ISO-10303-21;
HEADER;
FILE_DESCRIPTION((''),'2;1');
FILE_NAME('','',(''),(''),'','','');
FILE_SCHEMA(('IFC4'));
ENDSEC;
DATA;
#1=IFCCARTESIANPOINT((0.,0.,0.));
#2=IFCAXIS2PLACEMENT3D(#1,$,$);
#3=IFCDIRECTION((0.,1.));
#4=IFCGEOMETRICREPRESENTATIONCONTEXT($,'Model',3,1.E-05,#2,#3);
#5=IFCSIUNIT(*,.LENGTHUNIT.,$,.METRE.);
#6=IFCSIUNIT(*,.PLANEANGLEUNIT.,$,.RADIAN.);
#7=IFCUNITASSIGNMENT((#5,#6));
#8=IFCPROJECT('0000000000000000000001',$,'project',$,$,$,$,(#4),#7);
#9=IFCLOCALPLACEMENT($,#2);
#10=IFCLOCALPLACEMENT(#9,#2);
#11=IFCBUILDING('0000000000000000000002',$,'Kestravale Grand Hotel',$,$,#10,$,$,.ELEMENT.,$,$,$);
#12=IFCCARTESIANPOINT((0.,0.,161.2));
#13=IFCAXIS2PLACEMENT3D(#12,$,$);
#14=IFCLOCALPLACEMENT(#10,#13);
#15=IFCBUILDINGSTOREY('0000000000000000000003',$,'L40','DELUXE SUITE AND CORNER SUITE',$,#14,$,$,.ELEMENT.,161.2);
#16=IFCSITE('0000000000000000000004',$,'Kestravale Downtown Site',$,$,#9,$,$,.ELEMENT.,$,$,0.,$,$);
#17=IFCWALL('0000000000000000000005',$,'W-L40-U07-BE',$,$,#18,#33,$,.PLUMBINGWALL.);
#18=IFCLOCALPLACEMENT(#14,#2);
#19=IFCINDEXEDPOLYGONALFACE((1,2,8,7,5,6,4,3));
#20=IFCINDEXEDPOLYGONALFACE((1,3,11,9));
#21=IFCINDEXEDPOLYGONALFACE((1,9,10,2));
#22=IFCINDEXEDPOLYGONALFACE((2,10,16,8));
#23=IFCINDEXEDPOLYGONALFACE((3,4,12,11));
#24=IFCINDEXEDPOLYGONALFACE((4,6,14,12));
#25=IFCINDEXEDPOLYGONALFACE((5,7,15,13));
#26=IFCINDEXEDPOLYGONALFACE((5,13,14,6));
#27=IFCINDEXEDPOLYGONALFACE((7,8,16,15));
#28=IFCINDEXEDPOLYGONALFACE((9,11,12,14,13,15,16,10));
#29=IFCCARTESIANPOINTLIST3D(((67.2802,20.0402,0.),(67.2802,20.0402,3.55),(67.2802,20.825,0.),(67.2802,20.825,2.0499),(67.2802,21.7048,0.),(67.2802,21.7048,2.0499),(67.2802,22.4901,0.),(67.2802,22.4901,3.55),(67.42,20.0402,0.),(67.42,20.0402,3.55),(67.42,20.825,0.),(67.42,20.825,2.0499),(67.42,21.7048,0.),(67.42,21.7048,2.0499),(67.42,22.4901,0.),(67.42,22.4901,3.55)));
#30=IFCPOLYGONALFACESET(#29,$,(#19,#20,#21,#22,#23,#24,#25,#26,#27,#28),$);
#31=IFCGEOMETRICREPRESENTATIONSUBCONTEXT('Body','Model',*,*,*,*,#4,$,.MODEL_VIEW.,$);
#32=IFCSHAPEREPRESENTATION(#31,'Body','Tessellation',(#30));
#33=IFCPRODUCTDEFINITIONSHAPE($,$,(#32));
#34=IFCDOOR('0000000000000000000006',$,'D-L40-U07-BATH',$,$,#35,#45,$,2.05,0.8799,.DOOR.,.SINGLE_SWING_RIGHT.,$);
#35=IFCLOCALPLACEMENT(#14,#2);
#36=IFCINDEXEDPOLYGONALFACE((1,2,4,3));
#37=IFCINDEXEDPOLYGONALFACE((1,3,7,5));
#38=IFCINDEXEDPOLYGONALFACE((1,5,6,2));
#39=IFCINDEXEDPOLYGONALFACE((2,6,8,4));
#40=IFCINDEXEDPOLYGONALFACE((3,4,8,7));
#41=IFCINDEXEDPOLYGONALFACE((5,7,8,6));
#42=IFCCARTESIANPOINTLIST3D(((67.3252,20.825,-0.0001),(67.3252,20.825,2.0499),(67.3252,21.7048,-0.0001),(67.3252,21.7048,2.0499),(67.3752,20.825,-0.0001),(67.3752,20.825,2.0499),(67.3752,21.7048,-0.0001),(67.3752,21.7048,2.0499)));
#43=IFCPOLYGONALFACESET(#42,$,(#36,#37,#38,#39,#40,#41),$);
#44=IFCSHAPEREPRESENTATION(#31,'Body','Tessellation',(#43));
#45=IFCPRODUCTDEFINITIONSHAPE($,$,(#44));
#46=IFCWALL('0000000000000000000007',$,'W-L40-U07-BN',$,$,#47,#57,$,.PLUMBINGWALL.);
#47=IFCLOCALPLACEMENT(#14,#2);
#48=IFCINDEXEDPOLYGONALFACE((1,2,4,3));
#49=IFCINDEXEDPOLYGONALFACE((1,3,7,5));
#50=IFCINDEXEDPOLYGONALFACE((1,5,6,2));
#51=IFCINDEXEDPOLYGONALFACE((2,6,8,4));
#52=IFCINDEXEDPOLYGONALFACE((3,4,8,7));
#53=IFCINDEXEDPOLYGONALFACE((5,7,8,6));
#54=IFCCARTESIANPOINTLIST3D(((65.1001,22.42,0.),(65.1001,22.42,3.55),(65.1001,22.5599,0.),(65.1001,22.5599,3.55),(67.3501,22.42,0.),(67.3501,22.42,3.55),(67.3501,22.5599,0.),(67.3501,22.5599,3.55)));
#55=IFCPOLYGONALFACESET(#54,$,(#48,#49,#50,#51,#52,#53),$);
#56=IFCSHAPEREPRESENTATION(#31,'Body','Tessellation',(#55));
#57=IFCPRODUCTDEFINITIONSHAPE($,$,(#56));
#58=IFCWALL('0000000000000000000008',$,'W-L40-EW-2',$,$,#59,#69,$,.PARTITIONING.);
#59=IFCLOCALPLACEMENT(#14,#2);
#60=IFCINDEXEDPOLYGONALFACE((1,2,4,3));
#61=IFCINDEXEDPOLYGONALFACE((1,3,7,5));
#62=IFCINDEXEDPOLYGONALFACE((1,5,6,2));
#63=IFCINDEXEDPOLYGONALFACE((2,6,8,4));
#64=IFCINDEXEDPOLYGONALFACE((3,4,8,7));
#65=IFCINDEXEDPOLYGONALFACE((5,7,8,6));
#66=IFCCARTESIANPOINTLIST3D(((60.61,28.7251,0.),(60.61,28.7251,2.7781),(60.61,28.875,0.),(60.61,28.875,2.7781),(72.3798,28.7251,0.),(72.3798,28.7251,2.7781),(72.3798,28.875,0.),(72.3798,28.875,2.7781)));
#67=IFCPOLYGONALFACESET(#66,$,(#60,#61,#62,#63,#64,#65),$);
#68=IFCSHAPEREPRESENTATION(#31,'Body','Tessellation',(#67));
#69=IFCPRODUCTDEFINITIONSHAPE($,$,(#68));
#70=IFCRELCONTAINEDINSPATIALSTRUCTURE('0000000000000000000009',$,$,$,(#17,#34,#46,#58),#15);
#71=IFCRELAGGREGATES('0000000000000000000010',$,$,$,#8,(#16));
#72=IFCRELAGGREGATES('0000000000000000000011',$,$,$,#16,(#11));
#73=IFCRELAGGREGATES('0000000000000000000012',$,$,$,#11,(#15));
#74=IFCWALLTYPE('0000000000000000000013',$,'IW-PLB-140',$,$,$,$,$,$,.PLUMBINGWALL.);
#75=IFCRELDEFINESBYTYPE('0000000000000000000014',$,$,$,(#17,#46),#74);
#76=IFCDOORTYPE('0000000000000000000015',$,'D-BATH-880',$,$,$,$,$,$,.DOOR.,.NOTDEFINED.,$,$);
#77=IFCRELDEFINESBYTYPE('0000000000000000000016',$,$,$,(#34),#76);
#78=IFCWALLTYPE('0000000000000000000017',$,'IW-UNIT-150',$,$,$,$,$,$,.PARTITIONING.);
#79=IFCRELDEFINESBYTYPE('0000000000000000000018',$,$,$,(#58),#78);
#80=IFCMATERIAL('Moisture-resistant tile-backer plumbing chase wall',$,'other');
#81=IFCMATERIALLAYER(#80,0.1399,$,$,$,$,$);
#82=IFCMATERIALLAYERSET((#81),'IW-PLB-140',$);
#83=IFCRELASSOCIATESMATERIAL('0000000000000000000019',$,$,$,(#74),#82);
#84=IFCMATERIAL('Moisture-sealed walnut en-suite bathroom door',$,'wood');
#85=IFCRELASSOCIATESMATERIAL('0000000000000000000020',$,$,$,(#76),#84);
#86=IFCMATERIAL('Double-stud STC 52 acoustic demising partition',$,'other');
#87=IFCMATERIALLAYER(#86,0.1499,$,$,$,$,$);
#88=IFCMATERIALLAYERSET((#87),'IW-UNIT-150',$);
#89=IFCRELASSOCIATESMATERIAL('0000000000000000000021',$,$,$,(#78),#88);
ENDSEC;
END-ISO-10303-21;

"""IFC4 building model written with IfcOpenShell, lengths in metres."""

from ifc_helpers import new_model, si_unit, direction, frame, frame_2d, origin, place, context, subcontext, project, spatial, rectangle, extrude, material, layer, layer_set, type_object, element, fill, save


model = new_model("IFC4")

# Units and contexts
model_context = context("Model", 3, precision=1e-05, world=origin(), true_north=direction((0.0, 1.0)))
body_context = subcontext(model_context, "Body", "Model", "MODEL_VIEW")
ifc_project = project(units=[si_unit("LENGTHUNIT", "METRE"), si_unit("PLANEANGLEUNIT", "RADIAN")], contexts=[model_context])

# Site, building, storey
site_placement = place(None, origin())
site = spatial("IfcSite", under=ifc_project, at=site_placement, Name="Kestravale Downtown Site", CompositionType="ELEMENT", RefElevation=0.0)
building_placement = place(site_placement, origin())
building = spatial("IfcBuilding", under=site, at=building_placement, Name="Kestravale Grand Hotel", CompositionType="ELEMENT")
storey_placement = place(building_placement, frame((0.0, 0.0, 161.2)))
storey = spatial("IfcBuildingStorey", under=building, at=storey_placement, Name="L40", Description="DELUXE SUITE AND CORNER SUITE", CompositionType="ELEMENT", Elevation=161.2)

# Shared definitions
ifc_material_1 = material(Name="Moisture-resistant tile-backer plumbing chase wall", Category="other")
ifc_layer_1 = layer(ifc_material_1, 0.1399)
ifc_layer_set_1 = layer_set([ifc_layer_1], Name="IW-PLB-140")
wall_type_1 = type_object("IfcWallType", Name="IW-PLB-140", PredefinedType="PLUMBINGWALL", material=ifc_layer_set_1)

# Wall, opening, door
wall_1_placement = place(storey_placement, frame((67.3501, 20.04, 0.0), z_axis=(0.0, 0.0, 1.0), x_axis=(0.0, 1.0, 0.0)))
wall_1 = element("IfcWall", 1, at=wall_1_placement, inside=storey, type_object=wall_type_1, Name="W-L40-U07-BE", PredefinedType="PLUMBINGWALL", context=body_context, shape_type="SweptSolid", body=[
    extrude(rectangle(XDim=2.45, YDim=0.1399, at=frame_2d((1.2251, 0.0))), origin(), (0.0, 0.0, 1.0), 3.55),
])
opening_placement = place(wall_1_placement, frame((0.7849, 0.0, 0.0)))
opening = element("IfcOpeningElement", 2, at=opening_placement, cuts=wall_1, PredefinedType="OPENING", context=body_context, shape_type="SweptSolid", body=[
    extrude(rectangle(XDim=0.8799, YDim=2.05, at=frame_2d((0.4399, 1.0249))), frame((0.0, 0.0798, 0.0), z_axis=(0.0, -1.0, 0.0), x_axis=(1.0, 0.0, 0.0)), (0.0, 0.0, 1.0), 0.1599),
])
ifc_material_2 = material(Name="Moisture-sealed walnut en-suite bathroom door", Category="wood")
door_type = type_object("IfcDoorType", Name="D-BATH-880", OperationType="NOTDEFINED", PredefinedType="DOOR", material=ifc_material_2)
door_placement = place(opening_placement, origin())
door = element("IfcDoor", 3, at=door_placement, inside=storey, type_object=door_type, Name="D-L40-U07-BATH", OperationType="SINGLE_SWING_RIGHT", OverallHeight=2.05, OverallWidth=0.8799, PredefinedType="DOOR", context=body_context, shape_type="SweptSolid", body=[
    extrude(rectangle(XDim=0.8799, YDim=2.05, at=frame_2d((0.4399, 1.0249))), frame((0.0, 0.0249, 0.0), z_axis=(0.0, -1.0, 0.0), x_axis=(1.0, 0.0, 0.0)), (0.0, 0.0, 1.0), 0.05),
])
fill(opening, door)

# Walls
wall_2_placement = place(storey_placement, frame((65.1001, 22.49, 0.0), z_axis=(0.0, 0.0, 1.0), x_axis=(1.0, 0.0, 0.0)))
element("IfcWall", 4, at=wall_2_placement, inside=storey, type_object=wall_type_1, Name="W-L40-U07-BN", PredefinedType="PLUMBINGWALL", context=body_context, shape_type="SweptSolid", body=[
    extrude(rectangle(XDim=2.25, YDim=0.1399, at=frame_2d((1.125, 0.0))), origin(), (0.0, 0.0, 1.0), 3.55),
])
ifc_material_3 = material(Name="Double-stud STC 52 acoustic demising partition", Category="other")
ifc_layer_2 = layer(ifc_material_3, 0.1499)
ifc_layer_set_2 = layer_set([ifc_layer_2], Name="IW-UNIT-150")
wall_type_2 = type_object("IfcWallType", Name="IW-UNIT-150", PredefinedType="PARTITIONING", material=ifc_layer_set_2)
wall_3_placement = place(storey_placement, frame((60.6101, 28.8, 0.0), z_axis=(0.0, 0.0, 1.0), x_axis=(1.0, 0.0, 0.0)))
element("IfcWall", 5, at=wall_3_placement, inside=storey, type_object=wall_type_2, Name="W-L40-EW-2", PredefinedType="PARTITIONING", context=body_context, shape_type="SweptSolid", body=[
    extrude(rectangle(XDim=11.7698, YDim=0.1499, at=frame_2d((5.8848, 0.0))), origin(), (0.0, 0.0, 1.0), 2.7781),
])

save(model, "model.ifc")
